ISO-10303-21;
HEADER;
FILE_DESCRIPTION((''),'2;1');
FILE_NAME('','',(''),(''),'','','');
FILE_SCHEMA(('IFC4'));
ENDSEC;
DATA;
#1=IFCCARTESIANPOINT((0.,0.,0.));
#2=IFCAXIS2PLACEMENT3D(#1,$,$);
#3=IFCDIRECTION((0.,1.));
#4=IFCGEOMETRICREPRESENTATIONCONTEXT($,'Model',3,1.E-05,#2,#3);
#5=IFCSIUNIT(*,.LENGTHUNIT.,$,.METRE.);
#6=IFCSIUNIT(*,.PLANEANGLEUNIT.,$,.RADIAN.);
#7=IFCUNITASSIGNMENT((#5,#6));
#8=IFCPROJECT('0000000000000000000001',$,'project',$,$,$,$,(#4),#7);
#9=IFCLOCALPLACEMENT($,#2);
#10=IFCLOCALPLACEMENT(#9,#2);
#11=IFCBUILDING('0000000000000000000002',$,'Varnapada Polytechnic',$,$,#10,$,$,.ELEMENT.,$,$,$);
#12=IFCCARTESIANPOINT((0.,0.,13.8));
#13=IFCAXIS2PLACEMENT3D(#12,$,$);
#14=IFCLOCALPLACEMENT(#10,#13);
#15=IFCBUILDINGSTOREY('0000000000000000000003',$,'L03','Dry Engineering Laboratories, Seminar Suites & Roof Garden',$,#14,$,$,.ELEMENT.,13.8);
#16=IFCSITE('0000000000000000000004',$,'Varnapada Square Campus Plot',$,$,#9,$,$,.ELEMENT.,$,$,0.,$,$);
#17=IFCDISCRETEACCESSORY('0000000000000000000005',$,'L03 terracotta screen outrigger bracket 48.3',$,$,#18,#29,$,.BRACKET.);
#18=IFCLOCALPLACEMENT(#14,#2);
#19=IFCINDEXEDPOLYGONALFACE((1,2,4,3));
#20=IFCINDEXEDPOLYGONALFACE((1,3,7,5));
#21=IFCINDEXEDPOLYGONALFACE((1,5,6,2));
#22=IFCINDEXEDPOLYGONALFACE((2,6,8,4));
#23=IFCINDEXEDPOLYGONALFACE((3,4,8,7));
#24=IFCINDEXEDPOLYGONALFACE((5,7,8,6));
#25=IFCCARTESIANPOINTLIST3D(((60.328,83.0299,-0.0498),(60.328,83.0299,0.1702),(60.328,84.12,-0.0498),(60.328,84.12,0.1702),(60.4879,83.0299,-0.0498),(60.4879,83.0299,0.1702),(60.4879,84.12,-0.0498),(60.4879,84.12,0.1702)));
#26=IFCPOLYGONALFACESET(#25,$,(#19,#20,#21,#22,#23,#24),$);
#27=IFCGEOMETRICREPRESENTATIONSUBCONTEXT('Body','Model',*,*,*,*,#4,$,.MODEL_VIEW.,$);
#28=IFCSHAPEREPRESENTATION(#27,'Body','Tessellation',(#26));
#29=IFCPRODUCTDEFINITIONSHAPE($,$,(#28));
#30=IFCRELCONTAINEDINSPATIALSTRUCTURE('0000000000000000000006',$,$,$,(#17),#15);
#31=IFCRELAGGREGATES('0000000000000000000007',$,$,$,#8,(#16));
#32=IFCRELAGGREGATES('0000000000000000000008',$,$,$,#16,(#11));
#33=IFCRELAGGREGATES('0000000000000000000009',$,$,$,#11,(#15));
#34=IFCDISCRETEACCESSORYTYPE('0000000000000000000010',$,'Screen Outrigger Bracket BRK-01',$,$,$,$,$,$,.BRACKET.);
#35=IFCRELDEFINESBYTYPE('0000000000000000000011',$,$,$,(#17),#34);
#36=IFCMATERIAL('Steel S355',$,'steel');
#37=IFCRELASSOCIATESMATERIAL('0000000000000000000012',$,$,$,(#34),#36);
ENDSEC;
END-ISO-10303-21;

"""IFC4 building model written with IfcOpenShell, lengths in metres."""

from ifc_helpers import new_model, si_unit, direction, frame, origin, origin_2d, place, context, subcontext, project, spatial, rectangle, extrude, material, type_object, element, save


model = new_model("IFC4")

# Units and contexts
model_context = context("Model", 3, precision=1e-05, world=origin(), true_north=direction((0.0, 1.0)))
body_context = subcontext(model_context, "Body", "Model", "MODEL_VIEW")
ifc_project = project(units=[si_unit("LENGTHUNIT", "METRE"), si_unit("PLANEANGLEUNIT", "RADIAN")], contexts=[model_context])

# Site, building, storey
site_placement = place(None, origin())
site = spatial("IfcSite", under=ifc_project, at=site_placement, Name="Varnapada Square Campus Plot", CompositionType="ELEMENT", RefElevation=0.0)
building_placement = place(site_placement, origin())
building = spatial("IfcBuilding", under=site, at=building_placement, Name="Varnapada Polytechnic", CompositionType="ELEMENT")
storey_placement = place(building_placement, frame((0.0, 0.0, 13.8)))
storey = spatial("IfcBuildingStorey", under=building, at=storey_placement, Name="L03", Description="Dry Engineering Laboratories, Seminar Suites & Roof Garden", CompositionType="ELEMENT", Elevation=13.8)

# Shared definitions
ifc_material_1 = material(Name="Steel S355", Category="steel")

# Discrete accessory
discrete_accessory_type = type_object("IfcDiscreteAccessoryType", Name="Screen Outrigger Bracket BRK-01", PredefinedType="BRACKET", material=ifc_material_1)
discrete_accessory_placement = place(storey_placement, frame((60.408, 83.575, -0.0498), z_axis=(0.0, 0.0, 1.0), x_axis=(-1.0, 0.0, 0.0)))
element("IfcDiscreteAccessory", 1, at=discrete_accessory_placement, inside=storey, type_object=discrete_accessory_type, Name="L03 terracotta screen outrigger bracket 48.3", PredefinedType="BRACKET", context=body_context, shape_type="SweptSolid", body=[
    extrude(rectangle(XDim=0.1599, YDim=1.0901, at=origin_2d()), origin(), (0.0, 0.0, 1.0), 0.22),
])

save(model, "model.ifc")
